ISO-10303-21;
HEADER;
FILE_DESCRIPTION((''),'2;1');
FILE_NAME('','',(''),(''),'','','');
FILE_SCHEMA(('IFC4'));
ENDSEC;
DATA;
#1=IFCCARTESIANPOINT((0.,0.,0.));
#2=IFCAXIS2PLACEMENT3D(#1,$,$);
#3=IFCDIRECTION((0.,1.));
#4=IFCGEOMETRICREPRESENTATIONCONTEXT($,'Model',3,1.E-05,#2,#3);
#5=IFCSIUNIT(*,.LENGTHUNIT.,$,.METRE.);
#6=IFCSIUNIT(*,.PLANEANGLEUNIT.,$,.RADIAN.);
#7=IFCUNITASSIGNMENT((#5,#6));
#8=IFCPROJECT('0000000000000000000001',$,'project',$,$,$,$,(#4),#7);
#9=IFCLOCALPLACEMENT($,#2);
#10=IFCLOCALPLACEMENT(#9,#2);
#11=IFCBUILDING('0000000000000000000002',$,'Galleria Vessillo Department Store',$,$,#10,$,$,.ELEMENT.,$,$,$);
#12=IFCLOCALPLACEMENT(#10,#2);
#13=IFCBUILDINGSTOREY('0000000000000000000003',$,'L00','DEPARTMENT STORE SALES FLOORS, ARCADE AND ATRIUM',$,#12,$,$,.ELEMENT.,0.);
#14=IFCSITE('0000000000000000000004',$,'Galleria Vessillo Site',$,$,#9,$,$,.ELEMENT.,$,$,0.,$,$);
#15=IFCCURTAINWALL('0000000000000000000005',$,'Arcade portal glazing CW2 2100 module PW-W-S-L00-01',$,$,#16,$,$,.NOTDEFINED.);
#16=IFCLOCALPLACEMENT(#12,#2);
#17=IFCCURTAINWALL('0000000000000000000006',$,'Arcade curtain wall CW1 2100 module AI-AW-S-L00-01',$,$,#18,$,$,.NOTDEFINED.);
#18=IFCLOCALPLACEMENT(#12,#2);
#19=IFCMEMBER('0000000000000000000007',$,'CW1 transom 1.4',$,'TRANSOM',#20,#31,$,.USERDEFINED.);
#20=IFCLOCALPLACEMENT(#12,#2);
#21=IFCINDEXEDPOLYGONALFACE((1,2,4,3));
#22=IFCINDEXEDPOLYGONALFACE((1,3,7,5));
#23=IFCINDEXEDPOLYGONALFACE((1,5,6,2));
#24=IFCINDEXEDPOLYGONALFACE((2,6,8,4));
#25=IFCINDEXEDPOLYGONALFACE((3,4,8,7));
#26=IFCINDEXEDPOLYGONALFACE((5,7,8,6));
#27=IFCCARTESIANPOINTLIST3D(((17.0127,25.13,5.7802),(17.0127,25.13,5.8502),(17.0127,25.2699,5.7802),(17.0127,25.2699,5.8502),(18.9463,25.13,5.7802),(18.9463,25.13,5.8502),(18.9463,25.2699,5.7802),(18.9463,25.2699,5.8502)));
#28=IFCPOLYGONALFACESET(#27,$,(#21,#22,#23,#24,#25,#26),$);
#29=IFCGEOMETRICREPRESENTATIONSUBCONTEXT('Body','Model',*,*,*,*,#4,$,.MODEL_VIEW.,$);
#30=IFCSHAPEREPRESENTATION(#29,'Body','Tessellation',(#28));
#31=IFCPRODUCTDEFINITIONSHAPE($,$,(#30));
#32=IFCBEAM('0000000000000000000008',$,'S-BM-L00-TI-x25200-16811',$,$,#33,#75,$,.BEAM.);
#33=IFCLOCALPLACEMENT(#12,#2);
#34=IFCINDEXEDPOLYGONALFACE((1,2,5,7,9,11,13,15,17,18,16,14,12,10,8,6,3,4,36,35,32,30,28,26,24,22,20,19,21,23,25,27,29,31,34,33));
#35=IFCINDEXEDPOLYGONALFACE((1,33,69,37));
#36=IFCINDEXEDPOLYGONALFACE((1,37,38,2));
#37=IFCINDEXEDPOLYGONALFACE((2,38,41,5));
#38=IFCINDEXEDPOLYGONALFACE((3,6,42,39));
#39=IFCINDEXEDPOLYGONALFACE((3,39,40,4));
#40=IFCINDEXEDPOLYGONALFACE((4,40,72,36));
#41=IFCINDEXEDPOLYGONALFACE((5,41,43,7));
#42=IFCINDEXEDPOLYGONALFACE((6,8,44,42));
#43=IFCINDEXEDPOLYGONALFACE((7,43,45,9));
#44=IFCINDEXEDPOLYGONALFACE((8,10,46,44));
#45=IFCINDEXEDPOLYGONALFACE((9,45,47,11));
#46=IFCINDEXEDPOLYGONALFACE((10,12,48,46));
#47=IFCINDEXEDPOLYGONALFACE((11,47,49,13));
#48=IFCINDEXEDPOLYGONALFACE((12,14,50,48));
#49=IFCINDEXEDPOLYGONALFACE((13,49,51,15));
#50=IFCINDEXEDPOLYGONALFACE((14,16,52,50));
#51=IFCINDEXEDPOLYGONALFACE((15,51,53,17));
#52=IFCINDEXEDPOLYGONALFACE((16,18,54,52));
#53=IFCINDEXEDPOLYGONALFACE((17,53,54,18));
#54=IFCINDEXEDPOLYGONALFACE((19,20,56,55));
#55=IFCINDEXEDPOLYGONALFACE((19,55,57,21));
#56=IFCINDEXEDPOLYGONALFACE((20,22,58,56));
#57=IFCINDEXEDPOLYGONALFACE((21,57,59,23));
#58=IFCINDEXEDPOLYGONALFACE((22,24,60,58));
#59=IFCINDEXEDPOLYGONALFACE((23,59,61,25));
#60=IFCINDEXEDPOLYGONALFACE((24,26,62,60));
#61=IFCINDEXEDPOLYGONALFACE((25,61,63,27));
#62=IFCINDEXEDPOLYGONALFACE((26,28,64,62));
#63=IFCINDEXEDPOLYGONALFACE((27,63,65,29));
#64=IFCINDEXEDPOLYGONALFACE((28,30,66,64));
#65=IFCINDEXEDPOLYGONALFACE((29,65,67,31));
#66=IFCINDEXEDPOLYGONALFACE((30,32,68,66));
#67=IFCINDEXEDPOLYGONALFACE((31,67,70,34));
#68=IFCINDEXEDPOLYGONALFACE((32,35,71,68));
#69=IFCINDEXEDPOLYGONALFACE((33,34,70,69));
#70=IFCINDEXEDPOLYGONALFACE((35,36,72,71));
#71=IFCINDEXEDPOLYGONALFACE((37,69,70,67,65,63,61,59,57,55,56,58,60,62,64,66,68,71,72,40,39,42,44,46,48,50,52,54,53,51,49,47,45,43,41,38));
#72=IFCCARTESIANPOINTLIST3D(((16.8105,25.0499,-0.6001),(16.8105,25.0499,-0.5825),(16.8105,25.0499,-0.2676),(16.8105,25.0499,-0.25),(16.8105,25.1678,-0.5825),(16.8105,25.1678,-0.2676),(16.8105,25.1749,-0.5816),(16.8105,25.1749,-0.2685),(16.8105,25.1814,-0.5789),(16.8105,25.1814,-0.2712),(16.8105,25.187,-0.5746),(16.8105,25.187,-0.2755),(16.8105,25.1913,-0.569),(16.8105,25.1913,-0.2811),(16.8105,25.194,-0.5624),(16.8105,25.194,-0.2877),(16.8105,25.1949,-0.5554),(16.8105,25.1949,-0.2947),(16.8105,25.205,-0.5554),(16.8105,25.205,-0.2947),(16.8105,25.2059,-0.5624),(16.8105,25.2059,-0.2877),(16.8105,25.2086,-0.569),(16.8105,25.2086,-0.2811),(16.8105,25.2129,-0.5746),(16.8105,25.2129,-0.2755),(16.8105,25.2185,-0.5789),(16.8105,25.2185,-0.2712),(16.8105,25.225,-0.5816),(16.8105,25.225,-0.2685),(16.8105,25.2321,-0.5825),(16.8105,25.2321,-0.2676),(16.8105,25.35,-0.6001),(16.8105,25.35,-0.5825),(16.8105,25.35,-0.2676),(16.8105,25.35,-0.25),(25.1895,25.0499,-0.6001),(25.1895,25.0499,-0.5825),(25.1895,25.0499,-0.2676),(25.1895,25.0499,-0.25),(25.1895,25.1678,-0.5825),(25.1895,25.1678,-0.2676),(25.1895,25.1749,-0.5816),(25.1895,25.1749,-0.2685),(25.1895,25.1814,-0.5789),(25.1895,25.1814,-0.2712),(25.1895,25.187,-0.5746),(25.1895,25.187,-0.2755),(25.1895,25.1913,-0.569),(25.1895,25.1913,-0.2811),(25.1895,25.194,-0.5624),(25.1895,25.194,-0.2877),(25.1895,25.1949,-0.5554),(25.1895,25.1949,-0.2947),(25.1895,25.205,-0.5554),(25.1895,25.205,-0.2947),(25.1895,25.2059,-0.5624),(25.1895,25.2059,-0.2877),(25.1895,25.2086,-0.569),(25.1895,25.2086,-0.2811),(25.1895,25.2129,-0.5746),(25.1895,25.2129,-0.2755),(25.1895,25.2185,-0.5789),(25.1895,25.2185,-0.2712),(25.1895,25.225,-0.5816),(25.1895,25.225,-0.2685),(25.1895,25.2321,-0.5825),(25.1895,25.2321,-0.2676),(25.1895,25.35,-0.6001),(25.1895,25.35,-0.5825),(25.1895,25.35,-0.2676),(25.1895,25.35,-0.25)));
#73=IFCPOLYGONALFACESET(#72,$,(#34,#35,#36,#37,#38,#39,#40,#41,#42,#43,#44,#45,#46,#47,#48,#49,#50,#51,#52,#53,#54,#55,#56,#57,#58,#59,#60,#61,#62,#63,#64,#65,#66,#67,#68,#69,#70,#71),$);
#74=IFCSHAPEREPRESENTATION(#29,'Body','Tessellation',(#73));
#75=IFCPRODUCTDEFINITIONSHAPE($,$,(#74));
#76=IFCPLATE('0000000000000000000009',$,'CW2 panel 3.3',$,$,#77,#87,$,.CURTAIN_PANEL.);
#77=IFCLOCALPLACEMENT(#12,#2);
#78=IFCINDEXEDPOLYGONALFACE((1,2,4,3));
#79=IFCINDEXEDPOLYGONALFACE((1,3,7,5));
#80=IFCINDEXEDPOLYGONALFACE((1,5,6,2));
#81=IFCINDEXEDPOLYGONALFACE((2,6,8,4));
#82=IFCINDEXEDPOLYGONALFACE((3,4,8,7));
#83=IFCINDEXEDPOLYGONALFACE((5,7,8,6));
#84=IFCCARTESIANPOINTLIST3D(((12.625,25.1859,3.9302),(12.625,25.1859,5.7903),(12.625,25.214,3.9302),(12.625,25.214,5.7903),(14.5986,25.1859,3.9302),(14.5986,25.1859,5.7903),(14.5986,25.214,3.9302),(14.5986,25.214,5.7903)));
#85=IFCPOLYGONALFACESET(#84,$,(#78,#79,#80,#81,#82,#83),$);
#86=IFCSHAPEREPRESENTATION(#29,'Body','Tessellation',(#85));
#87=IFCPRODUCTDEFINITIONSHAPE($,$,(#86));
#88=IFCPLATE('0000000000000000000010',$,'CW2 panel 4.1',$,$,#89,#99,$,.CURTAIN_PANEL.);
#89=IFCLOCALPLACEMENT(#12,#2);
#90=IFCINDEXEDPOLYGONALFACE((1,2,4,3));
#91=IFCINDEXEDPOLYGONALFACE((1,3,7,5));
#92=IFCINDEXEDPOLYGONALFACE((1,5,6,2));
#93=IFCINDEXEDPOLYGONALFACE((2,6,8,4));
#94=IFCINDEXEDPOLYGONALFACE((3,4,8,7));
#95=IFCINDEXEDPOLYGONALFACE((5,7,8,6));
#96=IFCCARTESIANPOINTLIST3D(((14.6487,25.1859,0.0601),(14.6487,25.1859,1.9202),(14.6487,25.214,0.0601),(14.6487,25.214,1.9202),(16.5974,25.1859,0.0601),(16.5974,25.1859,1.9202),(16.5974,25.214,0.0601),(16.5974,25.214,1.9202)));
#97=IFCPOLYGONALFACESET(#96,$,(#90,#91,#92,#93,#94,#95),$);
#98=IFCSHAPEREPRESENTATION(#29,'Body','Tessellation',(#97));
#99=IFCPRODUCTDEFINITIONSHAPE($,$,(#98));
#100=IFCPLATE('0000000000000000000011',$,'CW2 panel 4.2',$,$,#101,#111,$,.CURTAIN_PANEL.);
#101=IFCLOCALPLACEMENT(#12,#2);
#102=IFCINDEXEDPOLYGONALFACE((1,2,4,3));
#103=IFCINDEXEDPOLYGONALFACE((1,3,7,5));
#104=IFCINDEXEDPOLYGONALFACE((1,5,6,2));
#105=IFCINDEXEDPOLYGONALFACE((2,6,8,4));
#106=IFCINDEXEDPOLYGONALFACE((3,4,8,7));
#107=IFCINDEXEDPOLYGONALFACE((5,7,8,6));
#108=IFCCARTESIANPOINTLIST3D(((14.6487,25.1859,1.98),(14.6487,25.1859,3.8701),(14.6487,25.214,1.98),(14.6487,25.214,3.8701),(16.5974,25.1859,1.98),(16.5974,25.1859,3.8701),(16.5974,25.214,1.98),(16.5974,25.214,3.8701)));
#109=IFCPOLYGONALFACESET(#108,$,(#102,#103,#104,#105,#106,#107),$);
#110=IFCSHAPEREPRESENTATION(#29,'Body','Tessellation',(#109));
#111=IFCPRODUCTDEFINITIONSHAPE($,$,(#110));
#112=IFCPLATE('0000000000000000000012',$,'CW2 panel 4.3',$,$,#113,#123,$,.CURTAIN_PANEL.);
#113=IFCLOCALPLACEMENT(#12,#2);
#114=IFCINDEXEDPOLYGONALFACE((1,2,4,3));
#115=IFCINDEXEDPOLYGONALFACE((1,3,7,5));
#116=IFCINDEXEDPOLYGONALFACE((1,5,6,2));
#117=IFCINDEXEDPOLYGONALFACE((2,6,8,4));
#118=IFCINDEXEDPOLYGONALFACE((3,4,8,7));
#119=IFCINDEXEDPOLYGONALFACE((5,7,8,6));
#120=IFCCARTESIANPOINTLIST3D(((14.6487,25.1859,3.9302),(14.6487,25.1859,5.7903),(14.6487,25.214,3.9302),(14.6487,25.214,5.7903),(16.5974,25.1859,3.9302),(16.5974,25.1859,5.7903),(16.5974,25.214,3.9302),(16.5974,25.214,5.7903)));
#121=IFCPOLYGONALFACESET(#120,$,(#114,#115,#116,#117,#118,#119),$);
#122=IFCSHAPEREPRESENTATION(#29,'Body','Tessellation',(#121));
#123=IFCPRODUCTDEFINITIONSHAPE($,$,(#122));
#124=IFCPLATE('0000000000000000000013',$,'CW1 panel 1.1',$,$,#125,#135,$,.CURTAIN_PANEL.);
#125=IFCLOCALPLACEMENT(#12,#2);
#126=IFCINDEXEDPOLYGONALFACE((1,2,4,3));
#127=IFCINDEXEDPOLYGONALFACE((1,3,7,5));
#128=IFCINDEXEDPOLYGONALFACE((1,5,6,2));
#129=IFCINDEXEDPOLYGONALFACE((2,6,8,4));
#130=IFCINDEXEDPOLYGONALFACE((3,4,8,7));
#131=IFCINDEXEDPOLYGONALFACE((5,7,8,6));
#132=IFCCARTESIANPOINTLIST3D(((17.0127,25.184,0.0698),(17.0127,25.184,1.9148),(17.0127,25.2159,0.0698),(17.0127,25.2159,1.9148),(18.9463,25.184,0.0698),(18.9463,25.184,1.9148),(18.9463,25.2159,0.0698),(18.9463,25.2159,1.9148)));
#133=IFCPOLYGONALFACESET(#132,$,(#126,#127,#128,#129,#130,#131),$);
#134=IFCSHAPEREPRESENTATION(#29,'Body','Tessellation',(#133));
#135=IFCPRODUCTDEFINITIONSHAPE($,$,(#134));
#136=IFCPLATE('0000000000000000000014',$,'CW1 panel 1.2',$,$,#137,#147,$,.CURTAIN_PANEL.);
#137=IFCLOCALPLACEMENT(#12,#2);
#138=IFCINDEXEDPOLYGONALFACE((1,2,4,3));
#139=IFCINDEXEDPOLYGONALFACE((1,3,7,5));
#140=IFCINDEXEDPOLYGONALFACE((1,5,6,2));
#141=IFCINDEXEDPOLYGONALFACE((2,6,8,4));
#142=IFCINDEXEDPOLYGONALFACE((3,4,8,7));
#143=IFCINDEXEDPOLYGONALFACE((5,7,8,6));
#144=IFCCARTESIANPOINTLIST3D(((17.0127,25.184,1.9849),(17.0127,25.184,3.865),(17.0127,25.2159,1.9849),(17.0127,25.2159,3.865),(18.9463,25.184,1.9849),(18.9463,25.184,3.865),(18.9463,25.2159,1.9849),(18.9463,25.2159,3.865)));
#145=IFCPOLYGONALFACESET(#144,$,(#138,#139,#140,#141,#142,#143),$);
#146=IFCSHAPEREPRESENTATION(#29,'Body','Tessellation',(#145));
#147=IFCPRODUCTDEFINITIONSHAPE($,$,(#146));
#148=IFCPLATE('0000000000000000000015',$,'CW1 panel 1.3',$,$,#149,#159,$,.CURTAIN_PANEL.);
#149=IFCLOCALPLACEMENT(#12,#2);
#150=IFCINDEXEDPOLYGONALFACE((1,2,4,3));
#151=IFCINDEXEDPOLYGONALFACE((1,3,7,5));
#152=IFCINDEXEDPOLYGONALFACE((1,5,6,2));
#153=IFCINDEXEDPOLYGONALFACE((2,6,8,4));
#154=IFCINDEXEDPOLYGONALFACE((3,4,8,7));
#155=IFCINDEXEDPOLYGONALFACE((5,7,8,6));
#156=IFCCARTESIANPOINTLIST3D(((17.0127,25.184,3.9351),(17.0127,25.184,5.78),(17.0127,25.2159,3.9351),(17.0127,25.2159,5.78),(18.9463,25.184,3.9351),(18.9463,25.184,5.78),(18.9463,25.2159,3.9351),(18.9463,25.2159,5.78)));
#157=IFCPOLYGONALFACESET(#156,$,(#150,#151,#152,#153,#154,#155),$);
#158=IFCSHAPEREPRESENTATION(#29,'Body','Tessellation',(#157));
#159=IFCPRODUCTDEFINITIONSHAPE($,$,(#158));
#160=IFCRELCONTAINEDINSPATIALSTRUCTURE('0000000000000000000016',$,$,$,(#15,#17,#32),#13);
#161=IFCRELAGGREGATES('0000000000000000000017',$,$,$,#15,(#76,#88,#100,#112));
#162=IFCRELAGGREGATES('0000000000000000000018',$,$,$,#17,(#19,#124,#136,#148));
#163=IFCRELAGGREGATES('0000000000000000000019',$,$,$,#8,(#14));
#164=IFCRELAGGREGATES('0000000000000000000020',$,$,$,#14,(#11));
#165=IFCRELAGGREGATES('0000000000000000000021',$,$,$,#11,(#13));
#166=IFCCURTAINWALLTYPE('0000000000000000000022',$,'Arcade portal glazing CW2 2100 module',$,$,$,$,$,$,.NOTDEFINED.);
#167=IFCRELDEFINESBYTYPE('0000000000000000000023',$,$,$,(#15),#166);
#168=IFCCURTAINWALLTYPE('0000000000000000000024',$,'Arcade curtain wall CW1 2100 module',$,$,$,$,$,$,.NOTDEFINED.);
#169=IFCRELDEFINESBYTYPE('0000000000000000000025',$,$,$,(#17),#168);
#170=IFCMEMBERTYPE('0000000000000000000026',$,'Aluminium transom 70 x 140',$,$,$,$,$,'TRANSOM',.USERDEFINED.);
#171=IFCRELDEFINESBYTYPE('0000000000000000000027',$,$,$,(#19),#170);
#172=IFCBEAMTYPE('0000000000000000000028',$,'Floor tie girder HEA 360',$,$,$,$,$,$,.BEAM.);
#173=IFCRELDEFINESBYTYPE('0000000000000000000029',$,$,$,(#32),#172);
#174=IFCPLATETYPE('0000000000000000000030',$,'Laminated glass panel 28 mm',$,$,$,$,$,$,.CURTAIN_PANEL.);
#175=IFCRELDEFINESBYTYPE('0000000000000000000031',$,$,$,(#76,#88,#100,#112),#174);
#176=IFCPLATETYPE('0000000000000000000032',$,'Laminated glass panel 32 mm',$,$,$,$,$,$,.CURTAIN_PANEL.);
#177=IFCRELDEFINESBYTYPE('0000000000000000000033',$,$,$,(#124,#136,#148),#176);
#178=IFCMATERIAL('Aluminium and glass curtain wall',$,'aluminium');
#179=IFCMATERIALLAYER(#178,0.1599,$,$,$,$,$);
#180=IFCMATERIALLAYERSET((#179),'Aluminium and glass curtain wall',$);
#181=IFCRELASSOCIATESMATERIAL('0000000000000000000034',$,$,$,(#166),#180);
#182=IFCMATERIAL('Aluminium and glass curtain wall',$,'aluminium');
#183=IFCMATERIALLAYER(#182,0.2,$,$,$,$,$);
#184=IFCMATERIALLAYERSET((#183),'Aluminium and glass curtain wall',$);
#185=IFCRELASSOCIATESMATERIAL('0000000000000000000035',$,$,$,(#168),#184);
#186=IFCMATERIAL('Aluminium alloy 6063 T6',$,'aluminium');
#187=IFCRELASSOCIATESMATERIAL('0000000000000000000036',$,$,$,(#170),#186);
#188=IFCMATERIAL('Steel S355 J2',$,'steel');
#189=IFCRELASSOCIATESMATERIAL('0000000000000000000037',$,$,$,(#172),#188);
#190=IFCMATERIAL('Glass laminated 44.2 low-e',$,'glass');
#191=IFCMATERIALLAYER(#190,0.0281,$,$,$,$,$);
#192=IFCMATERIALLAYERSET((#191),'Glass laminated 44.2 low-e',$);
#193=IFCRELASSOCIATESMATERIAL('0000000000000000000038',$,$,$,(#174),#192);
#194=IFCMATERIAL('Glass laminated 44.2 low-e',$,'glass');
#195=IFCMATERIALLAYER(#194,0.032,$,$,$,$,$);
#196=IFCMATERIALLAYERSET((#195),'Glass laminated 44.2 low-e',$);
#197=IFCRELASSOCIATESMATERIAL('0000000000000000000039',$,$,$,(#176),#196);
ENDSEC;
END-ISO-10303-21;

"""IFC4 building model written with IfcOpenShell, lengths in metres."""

from ifc_helpers import new_model, si_unit, direction, frame, origin, origin_2d, place, context, subcontext, project, spatial, rectangle, i_section, extrude, material, layer, layer_set, material_profile, profile_set, type_object, element, aggregate, save


model = new_model("IFC4")

# Units and contexts
model_context = context("Model", 3, precision=1e-05, world=origin(), true_north=direction((0.0, 1.0)))
body_context = subcontext(model_context, "Body", "Model", "MODEL_VIEW")
ifc_project = project(units=[si_unit("LENGTHUNIT", "METRE"), si_unit("PLANEANGLEUNIT", "RADIAN")], contexts=[model_context])

# Site, building, storey
site_placement = place(None, origin())
site = spatial("IfcSite", under=ifc_project, at=site_placement, Name="Galleria Vessillo Site", CompositionType="ELEMENT", RefElevation=0.0)
building_placement = place(site_placement, origin())
building = spatial("IfcBuilding", under=site, at=building_placement, Name="Galleria Vessillo Department Store", CompositionType="ELEMENT")
storey_placement = place(building_placement, origin())
storey = spatial("IfcBuildingStorey", under=building, at=storey_placement, Name="L00", Description="DEPARTMENT STORE SALES FLOORS, ARCADE AND ATRIUM", CompositionType="ELEMENT", Elevation=0.0)

# Curtain wall
ifc_material_1 = material(Name="Aluminium and glass curtain wall", Category="aluminium")
ifc_layer_1 = layer(ifc_material_1, 0.1599)
ifc_layer_set_1 = layer_set([ifc_layer_1], Name="Aluminium and glass curtain wall")
curtain_wall_type_1 = type_object("IfcCurtainWallType", Name="Arcade portal glazing CW2 2100 module", PredefinedType="NOTDEFINED", material=ifc_layer_set_1)
curtain_wall_1_placement = place(storey_placement, origin())
curtain_wall_1 = element("IfcCurtainWall", 1, at=curtain_wall_1_placement, inside=storey, type_object=curtain_wall_type_1, Name="Arcade portal glazing CW2 2100 module PW-W-S-L00-01", PredefinedType="NOTDEFINED")

# Curtain wall
ifc_material_2 = material(Name="Aluminium and glass curtain wall", Category="aluminium")
ifc_layer_2 = layer(ifc_material_2, 0.2)
ifc_layer_set_2 = layer_set([ifc_layer_2], Name="Aluminium and glass curtain wall")
curtain_wall_type_2 = type_object("IfcCurtainWallType", Name="Arcade curtain wall CW1 2100 module", PredefinedType="NOTDEFINED", material=ifc_layer_set_2)
curtain_wall_2_placement = place(storey_placement, origin())
curtain_wall_2 = element("IfcCurtainWall", 2, at=curtain_wall_2_placement, inside=storey, type_object=curtain_wall_type_2, Name="Arcade curtain wall CW1 2100 module AI-AW-S-L00-01", PredefinedType="NOTDEFINED")

# Member
ifc_material_3 = material(Name="Aluminium alloy 6063 T6", Category="aluminium")
ifc_material_profile_1 = material_profile(ifc_material_3, rectangle(XDim=0.1399, YDim=0.0701, at=origin_2d()), Name="AL 70x140")
ifc_profile_set_1 = profile_set([ifc_material_profile_1], Name="Aluminium alloy 6063 T6")
member_type_1 = type_object("IfcMemberType", Name="Aluminium transom 70 x 140", ElementType="TRANSOM", PredefinedType="USERDEFINED", material=ifc_profile_set_1)
member_1_placement = place(storey_placement, frame((17.0127, 25.2, 5.8152), z_axis=(1.0, 0.0, 0.0), x_axis=(0.0, 1.0, 0.0)))
member_1 = element("IfcMember", 3, at=member_1_placement, type_object=member_type_1, Name="CW1 transom 1.4", ObjectType="TRANSOM", PredefinedType="USERDEFINED", context=body_context, shape_type="SweptSolid", body=[
    extrude(rectangle(XDim=0.1399, YDim=0.0701, at=origin_2d()), origin(), (0.0, 0.0, 1.0), 1.9336),
])

# Beam
ifc_material_4 = material(Name="Steel S355 J2", Category="steel")
ifc_material_profile_2 = material_profile(ifc_material_4, i_section(OverallWidth=0.3, OverallDepth=0.3501, WebThickness=0.01, FlangeThickness=0.0176, FilletRadius=0.0271, at=origin_2d()), Name="HEA 360")
ifc_profile_set_2 = profile_set([ifc_material_profile_2], Name="Steel S355 J2")
beam_type = type_object("IfcBeamType", Name="Floor tie girder HEA 360", PredefinedType="BEAM", material=ifc_profile_set_2)
beam_placement = place(storey_placement, frame((16.8105, 25.2, -0.425), z_axis=(1.0, 0.0, 0.0), x_axis=(0.0, 1.0, 0.0)))
element("IfcBeam", 4, at=beam_placement, inside=storey, type_object=beam_type, Name="S-BM-L00-TI-x25200-16811", PredefinedType="BEAM", context=body_context, shape_type="SweptSolid", body=[
    extrude(i_section(OverallWidth=0.3, OverallDepth=0.3501, WebThickness=0.01, FlangeThickness=0.0176, FilletRadius=0.0271, at=origin_2d()), origin(), (0.0, 0.0, 1.0), 8.3789),
])

# Plates
ifc_material_5 = material(Name="Glass laminated 44.2 low-e", Category="glass")
ifc_layer_3 = layer(ifc_material_5, 0.0281)
ifc_layer_set_3 = layer_set([ifc_layer_3], Name="Glass laminated 44.2 low-e")
plate_type_1 = type_object("IfcPlateType", Name="Laminated glass panel 28 mm", PredefinedType="CURTAIN_PANEL", material=ifc_layer_set_3)
plate_1_placement = place(storey_placement, frame((13.6118, 25.2, 3.9302), z_axis=(0.0, 0.0, 1.0), x_axis=(1.0, 0.0, 0.0)))
plate_1 = element("IfcPlate", 5, at=plate_1_placement, type_object=plate_type_1, Name="CW2 panel 3.3", PredefinedType="CURTAIN_PANEL", context=body_context, shape_type="SweptSolid", body=[
    extrude(rectangle(XDim=1.9736, YDim=0.0281, at=origin_2d()), origin(), (0.0, 0.0, 1.0), 1.8601),
])
plate_2_placement = place(storey_placement, frame((15.623, 25.2, 0.0601), z_axis=(0.0, 0.0, 1.0), x_axis=(1.0, 0.0, 0.0)))
plate_2 = element("IfcPlate", 6, at=plate_2_placement, type_object=plate_type_1, Name="CW2 panel 4.1", PredefinedType="CURTAIN_PANEL", context=body_context, shape_type="SweptSolid", body=[
    extrude(rectangle(XDim=1.9487, YDim=0.0281, at=origin_2d()), origin(), (0.0, 0.0, 1.0), 1.8601),
])
plate_3_placement = place(storey_placement, frame((15.623, 25.2, 1.98), z_axis=(0.0, 0.0, 1.0), x_axis=(1.0, 0.0, 0.0)))
plate_3 = element("IfcPlate", 7, at=plate_3_placement, type_object=plate_type_1, Name="CW2 panel 4.2", PredefinedType="CURTAIN_PANEL", context=body_context, shape_type="SweptSolid", body=[
    extrude(rectangle(XDim=1.9487, YDim=0.0281, at=origin_2d()), origin(), (0.0, 0.0, 1.0), 1.8901),
])
plate_4_placement = place(storey_placement, frame((15.623, 25.2, 3.9302), z_axis=(0.0, 0.0, 1.0), x_axis=(1.0, 0.0, 0.0)))
plate_4 = element("IfcPlate", 8, at=plate_4_placement, type_object=plate_type_1, Name="CW2 panel 4.3", PredefinedType="CURTAIN_PANEL", context=body_context, shape_type="SweptSolid", body=[
    extrude(rectangle(XDim=1.9487, YDim=0.0281, at=origin_2d()), origin(), (0.0, 0.0, 1.0), 1.8601),
])
aggregate(curtain_wall_1, [plate_1, plate_2, plate_3, plate_4])
ifc_material_6 = material(Name="Glass laminated 44.2 low-e", Category="glass")
ifc_layer_4 = layer(ifc_material_6, 0.032)
ifc_layer_set_4 = layer_set([ifc_layer_4], Name="Glass laminated 44.2 low-e")
plate_type_2 = type_object("IfcPlateType", Name="Laminated glass panel 32 mm", PredefinedType="CURTAIN_PANEL", material=ifc_layer_set_4)
plate_5_placement = place(storey_placement, frame((17.9795, 25.2, 0.0698), z_axis=(0.0, 0.0, 1.0), x_axis=(1.0, 0.0, 0.0)))
plate_5 = element("IfcPlate", 9, at=plate_5_placement, type_object=plate_type_2, Name="CW1 panel 1.1", PredefinedType="CURTAIN_PANEL", context=body_context, shape_type="SweptSolid", body=[
    extrude(rectangle(XDim=1.9336, YDim=0.032, at=origin_2d()), origin(), (0.0, 0.0, 1.0), 1.845),
])
plate_6_placement = place(storey_placement, frame((17.9795, 25.2, 1.9849), z_axis=(0.0, 0.0, 1.0), x_axis=(1.0, 0.0, 0.0)))
plate_6 = element("IfcPlate", 10, at=plate_6_placement, type_object=plate_type_2, Name="CW1 panel 1.2", PredefinedType="CURTAIN_PANEL", context=body_context, shape_type="SweptSolid", body=[
    extrude(rectangle(XDim=1.9336, YDim=0.032, at=origin_2d()), origin(), (0.0, 0.0, 1.0), 1.8801),
])
plate_7_placement = place(storey_placement, frame((17.9795, 25.2, 3.9351), z_axis=(0.0, 0.0, 1.0), x_axis=(1.0, 0.0, 0.0)))
plate_7 = element("IfcPlate", 11, at=plate_7_placement, type_object=plate_type_2, Name="CW1 panel 1.3", PredefinedType="CURTAIN_PANEL", context=body_context, shape_type="SweptSolid", body=[
    extrude(rectangle(XDim=1.9336, YDim=0.032, at=origin_2d()), origin(), (0.0, 0.0, 1.0), 1.845),
])
aggregate(curtain_wall_2, [member_1, plate_5, plate_6, plate_7])

save(model, "model.ifc")
